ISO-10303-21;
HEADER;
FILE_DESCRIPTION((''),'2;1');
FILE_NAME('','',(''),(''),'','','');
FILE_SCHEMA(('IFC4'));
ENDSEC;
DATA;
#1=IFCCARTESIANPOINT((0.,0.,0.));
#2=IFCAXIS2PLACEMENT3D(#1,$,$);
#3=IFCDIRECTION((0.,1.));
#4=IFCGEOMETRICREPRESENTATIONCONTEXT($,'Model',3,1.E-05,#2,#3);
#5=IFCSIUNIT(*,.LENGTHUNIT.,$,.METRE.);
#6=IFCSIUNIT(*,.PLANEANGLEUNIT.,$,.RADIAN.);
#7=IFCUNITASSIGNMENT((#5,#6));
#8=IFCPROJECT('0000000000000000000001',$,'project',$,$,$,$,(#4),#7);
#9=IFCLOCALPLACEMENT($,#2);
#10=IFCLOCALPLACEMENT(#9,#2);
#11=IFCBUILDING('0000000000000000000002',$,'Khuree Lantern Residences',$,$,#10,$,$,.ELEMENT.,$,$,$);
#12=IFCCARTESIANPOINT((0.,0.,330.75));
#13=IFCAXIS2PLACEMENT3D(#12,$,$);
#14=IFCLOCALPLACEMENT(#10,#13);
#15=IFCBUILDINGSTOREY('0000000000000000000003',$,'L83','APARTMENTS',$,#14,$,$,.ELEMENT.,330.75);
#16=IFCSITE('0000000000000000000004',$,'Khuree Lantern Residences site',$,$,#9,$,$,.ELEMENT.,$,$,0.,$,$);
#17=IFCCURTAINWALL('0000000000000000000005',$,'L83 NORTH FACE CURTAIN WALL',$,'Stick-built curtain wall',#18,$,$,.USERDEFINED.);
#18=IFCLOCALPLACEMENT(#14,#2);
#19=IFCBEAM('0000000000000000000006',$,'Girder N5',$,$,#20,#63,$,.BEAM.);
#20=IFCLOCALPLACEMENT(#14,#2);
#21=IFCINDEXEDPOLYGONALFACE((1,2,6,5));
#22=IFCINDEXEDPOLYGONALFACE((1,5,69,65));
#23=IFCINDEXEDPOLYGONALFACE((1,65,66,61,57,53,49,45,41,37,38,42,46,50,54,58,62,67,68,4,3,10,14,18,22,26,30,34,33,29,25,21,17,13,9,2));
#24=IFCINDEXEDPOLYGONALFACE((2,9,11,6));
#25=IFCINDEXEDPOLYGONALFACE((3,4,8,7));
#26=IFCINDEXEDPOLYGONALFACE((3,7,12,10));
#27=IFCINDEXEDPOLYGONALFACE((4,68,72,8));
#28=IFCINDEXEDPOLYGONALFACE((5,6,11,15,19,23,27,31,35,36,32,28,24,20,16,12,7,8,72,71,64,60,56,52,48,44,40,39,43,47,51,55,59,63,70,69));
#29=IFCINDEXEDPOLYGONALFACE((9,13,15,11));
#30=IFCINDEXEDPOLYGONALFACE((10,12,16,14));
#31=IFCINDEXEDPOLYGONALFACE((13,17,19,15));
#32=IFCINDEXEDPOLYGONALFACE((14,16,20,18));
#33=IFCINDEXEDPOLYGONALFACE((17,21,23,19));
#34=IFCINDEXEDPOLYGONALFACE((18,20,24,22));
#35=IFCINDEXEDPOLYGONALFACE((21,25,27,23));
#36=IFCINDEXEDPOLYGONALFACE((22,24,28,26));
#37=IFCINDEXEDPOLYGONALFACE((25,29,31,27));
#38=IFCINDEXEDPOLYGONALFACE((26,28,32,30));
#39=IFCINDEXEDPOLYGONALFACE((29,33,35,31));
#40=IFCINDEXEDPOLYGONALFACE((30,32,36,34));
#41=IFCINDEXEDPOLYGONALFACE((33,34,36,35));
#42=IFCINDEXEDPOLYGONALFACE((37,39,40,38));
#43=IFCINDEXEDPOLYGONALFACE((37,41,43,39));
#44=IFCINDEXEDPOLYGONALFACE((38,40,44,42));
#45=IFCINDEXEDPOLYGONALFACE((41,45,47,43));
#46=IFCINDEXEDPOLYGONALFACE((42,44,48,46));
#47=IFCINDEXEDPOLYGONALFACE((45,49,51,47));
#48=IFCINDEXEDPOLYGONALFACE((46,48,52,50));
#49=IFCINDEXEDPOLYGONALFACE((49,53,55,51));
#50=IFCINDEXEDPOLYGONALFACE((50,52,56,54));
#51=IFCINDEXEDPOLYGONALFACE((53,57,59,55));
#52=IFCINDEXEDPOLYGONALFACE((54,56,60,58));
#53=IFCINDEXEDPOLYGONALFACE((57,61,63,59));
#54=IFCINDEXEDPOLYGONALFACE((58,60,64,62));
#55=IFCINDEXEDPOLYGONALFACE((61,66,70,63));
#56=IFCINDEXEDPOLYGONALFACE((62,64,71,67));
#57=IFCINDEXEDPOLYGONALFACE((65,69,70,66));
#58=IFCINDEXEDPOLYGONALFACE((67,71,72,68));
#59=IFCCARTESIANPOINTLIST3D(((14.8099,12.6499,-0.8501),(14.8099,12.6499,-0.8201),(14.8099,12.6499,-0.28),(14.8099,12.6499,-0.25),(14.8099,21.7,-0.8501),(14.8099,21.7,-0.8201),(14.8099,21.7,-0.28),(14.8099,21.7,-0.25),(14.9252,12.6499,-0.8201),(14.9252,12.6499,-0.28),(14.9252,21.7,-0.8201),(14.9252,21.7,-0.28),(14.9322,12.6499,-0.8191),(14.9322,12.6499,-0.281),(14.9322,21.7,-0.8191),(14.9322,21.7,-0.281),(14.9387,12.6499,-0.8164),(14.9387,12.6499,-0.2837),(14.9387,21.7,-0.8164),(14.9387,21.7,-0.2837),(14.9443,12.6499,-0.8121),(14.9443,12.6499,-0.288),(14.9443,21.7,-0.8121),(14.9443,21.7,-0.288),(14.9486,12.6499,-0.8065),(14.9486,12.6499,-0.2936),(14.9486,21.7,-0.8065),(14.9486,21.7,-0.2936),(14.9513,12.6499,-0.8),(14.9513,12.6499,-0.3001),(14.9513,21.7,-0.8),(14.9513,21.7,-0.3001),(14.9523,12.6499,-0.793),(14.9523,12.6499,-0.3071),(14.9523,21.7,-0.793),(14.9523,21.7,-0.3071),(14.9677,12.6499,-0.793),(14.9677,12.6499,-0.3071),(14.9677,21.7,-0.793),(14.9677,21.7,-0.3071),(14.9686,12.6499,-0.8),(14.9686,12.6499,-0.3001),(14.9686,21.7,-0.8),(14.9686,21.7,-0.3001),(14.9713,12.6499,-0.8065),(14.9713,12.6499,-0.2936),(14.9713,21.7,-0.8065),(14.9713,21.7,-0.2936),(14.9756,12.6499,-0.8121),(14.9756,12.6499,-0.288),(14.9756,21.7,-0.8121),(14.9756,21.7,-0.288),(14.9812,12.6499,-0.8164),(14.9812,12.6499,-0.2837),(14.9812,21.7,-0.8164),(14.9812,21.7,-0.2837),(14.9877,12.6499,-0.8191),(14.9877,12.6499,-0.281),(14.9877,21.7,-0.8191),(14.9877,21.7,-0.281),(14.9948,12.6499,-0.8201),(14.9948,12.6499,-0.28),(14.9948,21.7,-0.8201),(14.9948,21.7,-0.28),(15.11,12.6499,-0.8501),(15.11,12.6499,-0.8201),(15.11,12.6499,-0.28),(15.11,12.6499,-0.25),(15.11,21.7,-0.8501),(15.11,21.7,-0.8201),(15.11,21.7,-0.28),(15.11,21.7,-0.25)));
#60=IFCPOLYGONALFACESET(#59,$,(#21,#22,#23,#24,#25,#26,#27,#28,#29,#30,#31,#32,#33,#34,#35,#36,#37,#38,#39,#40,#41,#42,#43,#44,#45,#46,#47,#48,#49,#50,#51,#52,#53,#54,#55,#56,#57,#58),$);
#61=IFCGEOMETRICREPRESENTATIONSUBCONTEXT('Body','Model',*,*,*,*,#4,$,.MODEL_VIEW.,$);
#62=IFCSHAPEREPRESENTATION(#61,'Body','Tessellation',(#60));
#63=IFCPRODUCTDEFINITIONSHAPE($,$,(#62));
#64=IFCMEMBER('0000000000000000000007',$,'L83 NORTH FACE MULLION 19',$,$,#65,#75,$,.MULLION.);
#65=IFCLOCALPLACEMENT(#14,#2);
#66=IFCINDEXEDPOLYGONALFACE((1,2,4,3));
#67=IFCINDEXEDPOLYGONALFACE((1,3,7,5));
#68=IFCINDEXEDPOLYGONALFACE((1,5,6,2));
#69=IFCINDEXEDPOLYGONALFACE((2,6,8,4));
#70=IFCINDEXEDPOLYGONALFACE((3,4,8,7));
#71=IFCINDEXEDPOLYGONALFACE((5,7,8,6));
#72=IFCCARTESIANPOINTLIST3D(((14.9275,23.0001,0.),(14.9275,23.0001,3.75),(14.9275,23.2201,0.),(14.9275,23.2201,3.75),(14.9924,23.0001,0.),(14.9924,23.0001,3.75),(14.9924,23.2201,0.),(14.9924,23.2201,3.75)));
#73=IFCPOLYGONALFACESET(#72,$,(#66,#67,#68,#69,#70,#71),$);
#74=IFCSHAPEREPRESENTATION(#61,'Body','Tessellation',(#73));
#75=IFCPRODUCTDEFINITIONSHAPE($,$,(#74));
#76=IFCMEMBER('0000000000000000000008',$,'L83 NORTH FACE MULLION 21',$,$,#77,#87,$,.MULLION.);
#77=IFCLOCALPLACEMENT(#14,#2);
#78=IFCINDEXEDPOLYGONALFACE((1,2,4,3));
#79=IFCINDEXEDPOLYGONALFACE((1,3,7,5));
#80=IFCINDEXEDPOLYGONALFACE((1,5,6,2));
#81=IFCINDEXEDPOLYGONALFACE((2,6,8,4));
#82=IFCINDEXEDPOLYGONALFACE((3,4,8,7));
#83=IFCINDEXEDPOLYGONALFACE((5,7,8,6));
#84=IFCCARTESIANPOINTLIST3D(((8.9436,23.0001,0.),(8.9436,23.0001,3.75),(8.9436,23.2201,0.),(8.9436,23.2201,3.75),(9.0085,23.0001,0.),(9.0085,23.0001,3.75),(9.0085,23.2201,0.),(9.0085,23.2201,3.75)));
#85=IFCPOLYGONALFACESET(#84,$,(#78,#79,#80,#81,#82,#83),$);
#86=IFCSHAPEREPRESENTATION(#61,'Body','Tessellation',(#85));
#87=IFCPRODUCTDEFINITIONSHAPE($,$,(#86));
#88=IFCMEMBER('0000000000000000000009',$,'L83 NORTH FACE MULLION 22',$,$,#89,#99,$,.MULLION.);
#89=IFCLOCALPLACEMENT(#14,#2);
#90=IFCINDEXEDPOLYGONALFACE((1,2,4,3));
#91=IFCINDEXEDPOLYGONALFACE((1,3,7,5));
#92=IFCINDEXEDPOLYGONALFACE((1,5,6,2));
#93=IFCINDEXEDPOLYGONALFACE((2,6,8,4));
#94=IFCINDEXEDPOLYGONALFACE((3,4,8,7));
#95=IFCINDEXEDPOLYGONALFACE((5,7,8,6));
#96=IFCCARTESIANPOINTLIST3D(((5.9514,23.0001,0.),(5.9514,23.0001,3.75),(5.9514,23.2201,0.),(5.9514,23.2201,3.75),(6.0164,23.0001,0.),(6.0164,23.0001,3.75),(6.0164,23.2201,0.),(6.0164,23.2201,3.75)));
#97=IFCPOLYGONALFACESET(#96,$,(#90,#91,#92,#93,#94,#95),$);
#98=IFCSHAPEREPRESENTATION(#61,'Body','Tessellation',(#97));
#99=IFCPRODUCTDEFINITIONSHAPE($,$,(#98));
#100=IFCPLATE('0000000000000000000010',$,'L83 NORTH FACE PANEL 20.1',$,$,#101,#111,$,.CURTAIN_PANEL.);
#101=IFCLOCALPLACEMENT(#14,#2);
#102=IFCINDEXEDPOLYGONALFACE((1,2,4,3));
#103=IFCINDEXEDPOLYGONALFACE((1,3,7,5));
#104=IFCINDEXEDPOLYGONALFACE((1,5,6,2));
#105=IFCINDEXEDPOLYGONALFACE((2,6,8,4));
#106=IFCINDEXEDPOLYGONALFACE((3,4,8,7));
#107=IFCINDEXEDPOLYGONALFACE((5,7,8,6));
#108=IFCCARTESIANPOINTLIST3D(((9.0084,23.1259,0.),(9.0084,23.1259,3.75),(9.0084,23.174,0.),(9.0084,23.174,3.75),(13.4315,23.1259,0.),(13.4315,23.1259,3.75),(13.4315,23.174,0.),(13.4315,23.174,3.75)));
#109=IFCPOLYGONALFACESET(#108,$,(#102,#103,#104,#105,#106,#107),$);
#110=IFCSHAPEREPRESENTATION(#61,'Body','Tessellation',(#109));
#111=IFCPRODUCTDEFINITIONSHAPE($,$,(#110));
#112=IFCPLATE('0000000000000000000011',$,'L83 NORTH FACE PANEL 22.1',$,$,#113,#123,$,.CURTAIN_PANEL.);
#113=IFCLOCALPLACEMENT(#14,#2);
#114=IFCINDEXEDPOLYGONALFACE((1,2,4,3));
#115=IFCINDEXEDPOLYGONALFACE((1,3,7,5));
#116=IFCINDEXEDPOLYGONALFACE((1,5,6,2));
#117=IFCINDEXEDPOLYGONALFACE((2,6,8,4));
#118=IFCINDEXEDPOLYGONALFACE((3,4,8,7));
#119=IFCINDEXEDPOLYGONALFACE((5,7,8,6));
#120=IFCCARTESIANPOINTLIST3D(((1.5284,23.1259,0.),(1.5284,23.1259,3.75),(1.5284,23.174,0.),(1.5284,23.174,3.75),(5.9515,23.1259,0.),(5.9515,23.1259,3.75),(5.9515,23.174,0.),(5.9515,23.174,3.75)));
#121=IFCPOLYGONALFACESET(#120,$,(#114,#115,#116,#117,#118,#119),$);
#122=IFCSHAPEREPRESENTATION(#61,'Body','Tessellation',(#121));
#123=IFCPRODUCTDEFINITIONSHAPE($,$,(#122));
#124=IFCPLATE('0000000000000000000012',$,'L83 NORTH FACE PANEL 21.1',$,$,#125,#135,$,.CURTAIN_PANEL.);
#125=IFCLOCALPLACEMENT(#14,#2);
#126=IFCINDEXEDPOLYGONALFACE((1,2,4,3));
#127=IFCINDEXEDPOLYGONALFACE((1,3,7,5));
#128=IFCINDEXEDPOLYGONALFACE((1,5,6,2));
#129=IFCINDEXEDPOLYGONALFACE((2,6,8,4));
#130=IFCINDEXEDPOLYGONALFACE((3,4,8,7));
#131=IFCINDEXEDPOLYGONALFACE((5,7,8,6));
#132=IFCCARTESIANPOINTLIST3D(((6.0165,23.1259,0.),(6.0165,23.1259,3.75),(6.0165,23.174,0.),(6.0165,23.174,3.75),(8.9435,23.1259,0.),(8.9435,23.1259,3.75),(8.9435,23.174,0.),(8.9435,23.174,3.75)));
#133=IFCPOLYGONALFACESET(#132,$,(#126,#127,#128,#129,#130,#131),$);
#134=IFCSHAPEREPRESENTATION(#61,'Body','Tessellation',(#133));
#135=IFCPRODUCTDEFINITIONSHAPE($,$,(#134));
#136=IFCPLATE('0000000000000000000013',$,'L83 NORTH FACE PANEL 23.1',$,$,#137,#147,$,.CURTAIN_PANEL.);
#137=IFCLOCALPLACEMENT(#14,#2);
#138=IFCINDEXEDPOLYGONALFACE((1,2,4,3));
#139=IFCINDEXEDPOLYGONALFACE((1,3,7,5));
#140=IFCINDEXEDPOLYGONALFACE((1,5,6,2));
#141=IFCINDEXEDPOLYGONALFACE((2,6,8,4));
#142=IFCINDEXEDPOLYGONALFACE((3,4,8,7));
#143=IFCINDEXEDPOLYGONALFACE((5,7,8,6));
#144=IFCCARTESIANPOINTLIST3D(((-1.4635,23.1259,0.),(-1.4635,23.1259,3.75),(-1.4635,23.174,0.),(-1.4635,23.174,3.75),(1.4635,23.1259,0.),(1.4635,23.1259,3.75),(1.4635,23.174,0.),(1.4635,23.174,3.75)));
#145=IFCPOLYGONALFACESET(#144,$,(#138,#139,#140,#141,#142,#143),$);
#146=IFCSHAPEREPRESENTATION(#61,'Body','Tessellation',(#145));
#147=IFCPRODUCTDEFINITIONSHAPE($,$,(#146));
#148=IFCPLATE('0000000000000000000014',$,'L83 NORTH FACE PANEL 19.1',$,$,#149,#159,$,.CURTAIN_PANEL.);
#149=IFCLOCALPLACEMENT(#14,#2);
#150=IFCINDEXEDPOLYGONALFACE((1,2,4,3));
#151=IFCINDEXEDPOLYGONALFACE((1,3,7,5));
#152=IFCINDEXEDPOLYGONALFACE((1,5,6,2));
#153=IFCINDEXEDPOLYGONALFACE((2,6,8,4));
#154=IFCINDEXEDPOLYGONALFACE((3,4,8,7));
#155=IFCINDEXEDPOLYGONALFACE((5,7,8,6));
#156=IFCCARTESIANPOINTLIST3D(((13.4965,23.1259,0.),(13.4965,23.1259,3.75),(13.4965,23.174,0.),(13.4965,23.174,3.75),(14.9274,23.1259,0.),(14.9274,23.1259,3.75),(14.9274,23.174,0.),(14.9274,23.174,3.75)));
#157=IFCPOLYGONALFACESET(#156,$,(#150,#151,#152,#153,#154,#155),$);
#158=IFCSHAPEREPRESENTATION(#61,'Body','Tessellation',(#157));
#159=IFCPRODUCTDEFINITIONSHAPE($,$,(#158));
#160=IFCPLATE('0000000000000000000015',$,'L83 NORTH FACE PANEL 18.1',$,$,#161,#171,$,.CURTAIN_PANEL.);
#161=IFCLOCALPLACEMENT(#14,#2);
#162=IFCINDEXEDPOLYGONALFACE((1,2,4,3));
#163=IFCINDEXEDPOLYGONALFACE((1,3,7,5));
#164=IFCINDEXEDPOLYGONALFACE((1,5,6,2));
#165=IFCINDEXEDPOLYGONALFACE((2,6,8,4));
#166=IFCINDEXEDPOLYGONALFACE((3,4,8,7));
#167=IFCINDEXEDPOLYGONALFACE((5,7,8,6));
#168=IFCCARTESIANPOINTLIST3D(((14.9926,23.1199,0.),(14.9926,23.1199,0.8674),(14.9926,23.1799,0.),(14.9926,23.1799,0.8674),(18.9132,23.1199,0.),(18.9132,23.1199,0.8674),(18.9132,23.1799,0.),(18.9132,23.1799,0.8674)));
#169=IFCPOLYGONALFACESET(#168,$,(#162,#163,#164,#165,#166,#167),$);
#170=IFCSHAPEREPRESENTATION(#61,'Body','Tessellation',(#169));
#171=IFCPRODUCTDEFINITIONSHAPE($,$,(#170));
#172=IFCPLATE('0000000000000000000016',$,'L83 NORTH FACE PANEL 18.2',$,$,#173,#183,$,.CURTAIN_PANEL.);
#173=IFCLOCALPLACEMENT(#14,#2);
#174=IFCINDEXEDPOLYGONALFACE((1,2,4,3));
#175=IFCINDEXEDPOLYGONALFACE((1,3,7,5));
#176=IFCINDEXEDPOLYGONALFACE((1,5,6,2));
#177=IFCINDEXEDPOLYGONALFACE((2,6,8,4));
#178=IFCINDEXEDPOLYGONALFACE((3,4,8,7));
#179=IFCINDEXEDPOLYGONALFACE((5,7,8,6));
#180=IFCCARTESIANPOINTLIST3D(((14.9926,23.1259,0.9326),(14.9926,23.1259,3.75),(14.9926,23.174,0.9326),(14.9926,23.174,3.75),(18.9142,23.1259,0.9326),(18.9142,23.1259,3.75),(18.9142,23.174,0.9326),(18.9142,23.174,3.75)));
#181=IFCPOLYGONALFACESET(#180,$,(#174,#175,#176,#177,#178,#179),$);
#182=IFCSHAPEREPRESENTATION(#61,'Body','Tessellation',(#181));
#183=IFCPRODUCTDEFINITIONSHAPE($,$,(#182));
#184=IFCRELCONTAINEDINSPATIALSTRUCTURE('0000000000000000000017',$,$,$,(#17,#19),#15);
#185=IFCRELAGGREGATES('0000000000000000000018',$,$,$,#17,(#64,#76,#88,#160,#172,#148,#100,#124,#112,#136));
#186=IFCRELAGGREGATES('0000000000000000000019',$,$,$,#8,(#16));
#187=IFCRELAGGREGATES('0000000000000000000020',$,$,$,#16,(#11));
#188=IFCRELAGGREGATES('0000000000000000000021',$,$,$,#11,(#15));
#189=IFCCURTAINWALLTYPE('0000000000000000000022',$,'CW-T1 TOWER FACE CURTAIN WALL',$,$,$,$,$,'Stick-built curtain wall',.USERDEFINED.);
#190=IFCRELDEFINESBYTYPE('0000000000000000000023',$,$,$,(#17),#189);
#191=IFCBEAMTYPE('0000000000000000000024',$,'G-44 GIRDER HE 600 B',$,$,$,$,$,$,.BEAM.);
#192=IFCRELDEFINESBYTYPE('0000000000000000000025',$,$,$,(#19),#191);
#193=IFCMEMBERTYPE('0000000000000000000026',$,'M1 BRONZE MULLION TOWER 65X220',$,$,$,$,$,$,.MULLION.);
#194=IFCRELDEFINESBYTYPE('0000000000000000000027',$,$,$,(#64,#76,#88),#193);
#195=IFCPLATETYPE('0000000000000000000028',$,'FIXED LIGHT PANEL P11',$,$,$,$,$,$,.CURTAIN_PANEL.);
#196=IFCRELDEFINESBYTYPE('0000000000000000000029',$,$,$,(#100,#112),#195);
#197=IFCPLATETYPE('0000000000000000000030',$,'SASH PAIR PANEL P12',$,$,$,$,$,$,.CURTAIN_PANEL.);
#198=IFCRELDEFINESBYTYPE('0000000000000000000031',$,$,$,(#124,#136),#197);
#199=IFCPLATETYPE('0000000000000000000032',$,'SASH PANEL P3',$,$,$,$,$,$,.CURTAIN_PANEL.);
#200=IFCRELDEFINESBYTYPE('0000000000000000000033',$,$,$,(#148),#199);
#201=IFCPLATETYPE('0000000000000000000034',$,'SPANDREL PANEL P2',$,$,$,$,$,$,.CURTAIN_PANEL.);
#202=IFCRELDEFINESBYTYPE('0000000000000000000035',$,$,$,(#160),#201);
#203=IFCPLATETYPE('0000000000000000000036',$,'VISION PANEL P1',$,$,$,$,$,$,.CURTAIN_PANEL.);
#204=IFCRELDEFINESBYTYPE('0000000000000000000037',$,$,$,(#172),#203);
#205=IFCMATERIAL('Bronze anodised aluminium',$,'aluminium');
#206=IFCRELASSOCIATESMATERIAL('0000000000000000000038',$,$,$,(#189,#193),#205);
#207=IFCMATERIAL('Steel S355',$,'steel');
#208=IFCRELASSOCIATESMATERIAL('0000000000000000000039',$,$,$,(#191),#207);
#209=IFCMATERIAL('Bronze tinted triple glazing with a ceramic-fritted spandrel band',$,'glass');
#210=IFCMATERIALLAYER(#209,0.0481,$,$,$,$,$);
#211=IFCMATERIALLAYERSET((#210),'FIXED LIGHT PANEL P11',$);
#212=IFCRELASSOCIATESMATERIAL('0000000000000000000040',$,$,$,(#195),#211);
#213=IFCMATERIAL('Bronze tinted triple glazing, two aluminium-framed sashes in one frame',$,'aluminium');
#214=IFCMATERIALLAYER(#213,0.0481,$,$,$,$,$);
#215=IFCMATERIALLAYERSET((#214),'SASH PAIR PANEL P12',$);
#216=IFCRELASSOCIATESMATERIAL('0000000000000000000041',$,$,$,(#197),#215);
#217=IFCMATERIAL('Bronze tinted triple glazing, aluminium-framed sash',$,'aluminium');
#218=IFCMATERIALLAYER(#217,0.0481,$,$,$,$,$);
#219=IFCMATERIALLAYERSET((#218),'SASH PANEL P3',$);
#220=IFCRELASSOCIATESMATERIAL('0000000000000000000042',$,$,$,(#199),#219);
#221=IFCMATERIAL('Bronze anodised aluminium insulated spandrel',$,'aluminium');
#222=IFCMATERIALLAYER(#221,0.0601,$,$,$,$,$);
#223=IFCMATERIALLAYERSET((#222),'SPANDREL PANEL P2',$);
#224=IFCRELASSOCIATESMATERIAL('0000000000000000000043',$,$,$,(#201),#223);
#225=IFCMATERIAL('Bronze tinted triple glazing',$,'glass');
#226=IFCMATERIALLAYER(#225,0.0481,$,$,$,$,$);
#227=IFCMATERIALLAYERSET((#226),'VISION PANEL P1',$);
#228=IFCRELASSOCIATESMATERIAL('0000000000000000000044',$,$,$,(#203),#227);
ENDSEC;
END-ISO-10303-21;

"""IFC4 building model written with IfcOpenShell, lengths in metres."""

from ifc_helpers import new_model, si_unit, direction, frame, origin, origin_2d, place, context, subcontext, project, spatial, rectangle, i_section, extrude, material, layer, layer_set, material_profile, profile_set, type_object, element, aggregate, save


model = new_model("IFC4")

# Units and contexts
model_context = context("Model", 3, precision=1e-05, world=origin(), true_north=direction((0.0, 1.0)))
body_context = subcontext(model_context, "Body", "Model", "MODEL_VIEW")
ifc_project = project(units=[si_unit("LENGTHUNIT", "METRE"), si_unit("PLANEANGLEUNIT", "RADIAN")], contexts=[model_context])

# Site, building, storey
site_placement = place(None, origin())
site = spatial("IfcSite", under=ifc_project, at=site_placement, Name="Khuree Lantern Residences site", CompositionType="ELEMENT", RefElevation=0.0)
building_placement = place(site_placement, origin())
building = spatial("IfcBuilding", under=site, at=building_placement, Name="Khuree Lantern Residences", CompositionType="ELEMENT")
storey_placement = place(building_placement, frame((0.0, 0.0, 330.75)))
storey = spatial("IfcBuildingStorey", under=building, at=storey_placement, Name="L83", Description="APARTMENTS", CompositionType="ELEMENT", Elevation=330.75)

# Shared definitions
ifc_material_1 = material(Name="Steel S355", Category="steel")

# Curtain wall
ifc_material_2 = material(Name="Bronze anodised aluminium", Category="aluminium")
curtain_wall_type = type_object("IfcCurtainWallType", Name="CW-T1 TOWER FACE CURTAIN WALL", ElementType="Stick-built curtain wall", PredefinedType="USERDEFINED", material=ifc_material_2)
curtain_wall_placement = place(storey_placement, origin())
curtain_wall = element("IfcCurtainWall", 1, at=curtain_wall_placement, inside=storey, type_object=curtain_wall_type, Name="L83 NORTH FACE CURTAIN WALL", ObjectType="Stick-built curtain wall", PredefinedType="USERDEFINED")

# Beam
ifc_material_profile_1 = material_profile(ifc_material_1, i_section(OverallWidth=0.3, OverallDepth=0.6001, WebThickness=0.0154, FlangeThickness=0.03, FilletRadius=0.0271, at=origin_2d()), Name="HE 600 B")
ifc_profile_set_1 = profile_set([ifc_material_profile_1], Name="Steel S355")
beam_type_1 = type_object("IfcBeamType", Name="G-44 GIRDER HE 600 B", PredefinedType="BEAM", material=ifc_profile_set_1)
for number, where, z_axis, x_axis, name in (
    (2, (14.96, 21.7, -0.55), (0.0, -1.0, 0.0), (1.0, 0.0, 0.0), "Girder N5"),
):
    element("IfcBeam", number, at=place(storey_placement, frame(where, z_axis=z_axis, x_axis=x_axis)), inside=storey, type_object=beam_type_1, Name=name, PredefinedType="BEAM", context=body_context, shape_type="SweptSolid", body=[
        extrude(i_section(OverallWidth=0.3, OverallDepth=0.6001, WebThickness=0.0154, FlangeThickness=0.03, FilletRadius=0.0271, at=origin_2d()), origin(), (0.0, 0.0, 1.0), 9.05),
    ])

# Members
ifc_material_profile_2 = material_profile(ifc_material_2, rectangle(XDim=0.0649, YDim=0.22, at=origin_2d()), Name="M1 65X220")
ifc_profile_set_2 = profile_set([ifc_material_profile_2], Name="Bronze anodised aluminium")
member_type_1 = type_object("IfcMemberType", Name="M1 BRONZE MULLION TOWER 65X220", PredefinedType="MULLION", material=ifc_profile_set_2)
member_1_placement = place(storey_placement, frame((14.96, 23.1101, 0.0), z_axis=(0.0, 0.0, 1.0), x_axis=(-1.0, 0.0, 0.0)))
member_1 = element("IfcMember", 3, at=member_1_placement, type_object=member_type_1, Name="L83 NORTH FACE MULLION 19", PredefinedType="MULLION", context=body_context, shape_type="SweptSolid", body=[
    extrude(rectangle(XDim=0.0649, YDim=0.22, at=origin_2d()), origin(), (0.0, 0.0, 1.0), 3.75),
])
member_2_placement = place(storey_placement, frame((8.9761, 23.1101, 0.0), z_axis=(0.0, 0.0, 1.0), x_axis=(-1.0, 0.0, 0.0)))
member_2 = element("IfcMember", 4, at=member_2_placement, type_object=member_type_1, Name="L83 NORTH FACE MULLION 21", PredefinedType="MULLION", context=body_context, shape_type="SweptSolid", body=[
    extrude(rectangle(XDim=0.0649, YDim=0.22, at=origin_2d()), origin(), (0.0, 0.0, 1.0), 3.75),
])
member_3_placement = place(storey_placement, frame((5.9839, 23.1101, 0.0), z_axis=(0.0, 0.0, 1.0), x_axis=(-1.0, 0.0, 0.0)))
member_3 = element("IfcMember", 5, at=member_3_placement, type_object=member_type_1, Name="L83 NORTH FACE MULLION 22", PredefinedType="MULLION", context=body_context, shape_type="SweptSolid", body=[
    extrude(rectangle(XDim=0.0649, YDim=0.22, at=origin_2d()), origin(), (0.0, 0.0, 1.0), 3.75),
])

# Plates
ifc_material_3 = material(Name="Bronze tinted triple glazing with a ceramic-fritted spandrel band", Category="glass")
ifc_layer_1 = layer(ifc_material_3, 0.0481)
ifc_layer_set_1 = layer_set([ifc_layer_1], Name="FIXED LIGHT PANEL P11")
plate_type_1 = type_object("IfcPlateType", Name="FIXED LIGHT PANEL P11", PredefinedType="CURTAIN_PANEL", material=ifc_layer_set_1)
plate_1_placement = place(storey_placement, frame((11.22, 23.1499, 0.0), z_axis=(0.0, 0.0, 1.0), x_axis=(-1.0, 0.0, 0.0)))
plate_1 = element("IfcPlate", 6, at=plate_1_placement, type_object=plate_type_1, Name="L83 NORTH FACE PANEL 20.1", PredefinedType="CURTAIN_PANEL", context=body_context, shape_type="SweptSolid", body=[
    extrude(rectangle(XDim=4.4231, YDim=0.0481, at=origin_2d()), origin(), (0.0, 0.0, 1.0), 3.75),
])
plate_2_placement = place(storey_placement, frame((3.74, 23.1499, 0.0), z_axis=(0.0, 0.0, 1.0), x_axis=(-1.0, 0.0, 0.0)))
plate_2 = element("IfcPlate", 7, at=plate_2_placement, type_object=plate_type_1, Name="L83 NORTH FACE PANEL 22.1", PredefinedType="CURTAIN_PANEL", context=body_context, shape_type="SweptSolid", body=[
    extrude(rectangle(XDim=4.4231, YDim=0.0481, at=origin_2d()), origin(), (0.0, 0.0, 1.0), 3.75),
])
ifc_material_4 = material(Name="Bronze tinted triple glazing, two aluminium-framed sashes in one frame", Category="aluminium")
ifc_layer_2 = layer(ifc_material_4, 0.0481)
ifc_layer_set_2 = layer_set([ifc_layer_2], Name="SASH PAIR PANEL P12")
plate_type_2 = type_object("IfcPlateType", Name="SASH PAIR PANEL P12", PredefinedType="CURTAIN_PANEL", material=ifc_layer_set_2)
plate_3_placement = place(storey_placement, frame((7.48, 23.1499, 0.0), z_axis=(0.0, 0.0, 1.0), x_axis=(-1.0, 0.0, 0.0)))
plate_3 = element("IfcPlate", 8, at=plate_3_placement, type_object=plate_type_2, Name="L83 NORTH FACE PANEL 21.1", PredefinedType="CURTAIN_PANEL", context=body_context, shape_type="SweptSolid", body=[
    extrude(rectangle(XDim=2.927, YDim=0.0481, at=origin_2d()), origin(), (0.0, 0.0, 1.0), 3.75),
])
plate_4_placement = place(storey_placement, frame((0.0, 23.1499, 0.0), z_axis=(0.0, 0.0, 1.0), x_axis=(-1.0, 0.0, 0.0)))
plate_4 = element("IfcPlate", 9, at=plate_4_placement, type_object=plate_type_2, Name="L83 NORTH FACE PANEL 23.1", PredefinedType="CURTAIN_PANEL", context=body_context, shape_type="SweptSolid", body=[
    extrude(rectangle(XDim=2.927, YDim=0.0481, at=origin_2d()), origin(), (0.0, 0.0, 1.0), 3.75),
])
ifc_material_5 = material(Name="Bronze tinted triple glazing, aluminium-framed sash", Category="aluminium")
ifc_layer_3 = layer(ifc_material_5, 0.0481)
ifc_layer_set_3 = layer_set([ifc_layer_3], Name="SASH PANEL P3")
plate_type_3 = type_object("IfcPlateType", Name="SASH PANEL P3", PredefinedType="CURTAIN_PANEL", material=ifc_layer_set_3)
plate_5_placement = place(storey_placement, frame((14.2119, 23.1499, 0.0), z_axis=(0.0, 0.0, 1.0), x_axis=(-1.0, 0.0, 0.0)))
plate_5 = element("IfcPlate", 10, at=plate_5_placement, type_object=plate_type_3, Name="L83 NORTH FACE PANEL 19.1", PredefinedType="CURTAIN_PANEL", context=body_context, shape_type="SweptSolid", body=[
    extrude(rectangle(XDim=1.4309, YDim=0.0481, at=origin_2d()), origin(), (0.0, 0.0, 1.0), 3.75),
])
ifc_material_6 = material(Name="Bronze anodised aluminium insulated spandrel", Category="aluminium")
ifc_layer_4 = layer(ifc_material_6, 0.0601)
ifc_layer_set_4 = layer_set([ifc_layer_4], Name="SPANDREL PANEL P2")
plate_type_4 = type_object("IfcPlateType", Name="SPANDREL PANEL P2", PredefinedType="CURTAIN_PANEL", material=ifc_layer_set_4)
plate_6_placement = place(storey_placement, frame((16.9529, 23.1499, 0.0), z_axis=(0.0, 0.0, 1.0), x_axis=(-1.0, 0.0, 0.0)))
plate_6 = element("IfcPlate", 11, at=plate_6_placement, type_object=plate_type_4, Name="L83 NORTH FACE PANEL 18.1", PredefinedType="CURTAIN_PANEL", context=body_context, shape_type="SweptSolid", body=[
    extrude(rectangle(XDim=3.9207, YDim=0.0601, at=origin_2d()), origin(), (0.0, 0.0, 1.0), 0.8674),
])
ifc_material_7 = material(Name="Bronze tinted triple glazing", Category="glass")
ifc_layer_5 = layer(ifc_material_7, 0.0481)
ifc_layer_set_5 = layer_set([ifc_layer_5], Name="VISION PANEL P1")
plate_type_5 = type_object("IfcPlateType", Name="VISION PANEL P1", PredefinedType="CURTAIN_PANEL", material=ifc_layer_set_5)
plate_7_placement = place(storey_placement, frame((16.9534, 23.1499, 0.9326), z_axis=(0.0, 0.0, 1.0), x_axis=(-1.0, 0.0, 0.0)))
plate_7 = element("IfcPlate", 12, at=plate_7_placement, type_object=plate_type_5, Name="L83 NORTH FACE PANEL 18.2", PredefinedType="CURTAIN_PANEL", context=body_context, shape_type="SweptSolid", body=[
    extrude(rectangle(XDim=3.9216, YDim=0.0481, at=origin_2d()), origin(), (0.0, 0.0, 1.0), 2.8174),
])
aggregate(curtain_wall, [member_1, member_2, member_3, plate_6, plate_7, plate_5, plate_1, plate_3, plate_2, plate_4])

save(model, "model.ifc")
